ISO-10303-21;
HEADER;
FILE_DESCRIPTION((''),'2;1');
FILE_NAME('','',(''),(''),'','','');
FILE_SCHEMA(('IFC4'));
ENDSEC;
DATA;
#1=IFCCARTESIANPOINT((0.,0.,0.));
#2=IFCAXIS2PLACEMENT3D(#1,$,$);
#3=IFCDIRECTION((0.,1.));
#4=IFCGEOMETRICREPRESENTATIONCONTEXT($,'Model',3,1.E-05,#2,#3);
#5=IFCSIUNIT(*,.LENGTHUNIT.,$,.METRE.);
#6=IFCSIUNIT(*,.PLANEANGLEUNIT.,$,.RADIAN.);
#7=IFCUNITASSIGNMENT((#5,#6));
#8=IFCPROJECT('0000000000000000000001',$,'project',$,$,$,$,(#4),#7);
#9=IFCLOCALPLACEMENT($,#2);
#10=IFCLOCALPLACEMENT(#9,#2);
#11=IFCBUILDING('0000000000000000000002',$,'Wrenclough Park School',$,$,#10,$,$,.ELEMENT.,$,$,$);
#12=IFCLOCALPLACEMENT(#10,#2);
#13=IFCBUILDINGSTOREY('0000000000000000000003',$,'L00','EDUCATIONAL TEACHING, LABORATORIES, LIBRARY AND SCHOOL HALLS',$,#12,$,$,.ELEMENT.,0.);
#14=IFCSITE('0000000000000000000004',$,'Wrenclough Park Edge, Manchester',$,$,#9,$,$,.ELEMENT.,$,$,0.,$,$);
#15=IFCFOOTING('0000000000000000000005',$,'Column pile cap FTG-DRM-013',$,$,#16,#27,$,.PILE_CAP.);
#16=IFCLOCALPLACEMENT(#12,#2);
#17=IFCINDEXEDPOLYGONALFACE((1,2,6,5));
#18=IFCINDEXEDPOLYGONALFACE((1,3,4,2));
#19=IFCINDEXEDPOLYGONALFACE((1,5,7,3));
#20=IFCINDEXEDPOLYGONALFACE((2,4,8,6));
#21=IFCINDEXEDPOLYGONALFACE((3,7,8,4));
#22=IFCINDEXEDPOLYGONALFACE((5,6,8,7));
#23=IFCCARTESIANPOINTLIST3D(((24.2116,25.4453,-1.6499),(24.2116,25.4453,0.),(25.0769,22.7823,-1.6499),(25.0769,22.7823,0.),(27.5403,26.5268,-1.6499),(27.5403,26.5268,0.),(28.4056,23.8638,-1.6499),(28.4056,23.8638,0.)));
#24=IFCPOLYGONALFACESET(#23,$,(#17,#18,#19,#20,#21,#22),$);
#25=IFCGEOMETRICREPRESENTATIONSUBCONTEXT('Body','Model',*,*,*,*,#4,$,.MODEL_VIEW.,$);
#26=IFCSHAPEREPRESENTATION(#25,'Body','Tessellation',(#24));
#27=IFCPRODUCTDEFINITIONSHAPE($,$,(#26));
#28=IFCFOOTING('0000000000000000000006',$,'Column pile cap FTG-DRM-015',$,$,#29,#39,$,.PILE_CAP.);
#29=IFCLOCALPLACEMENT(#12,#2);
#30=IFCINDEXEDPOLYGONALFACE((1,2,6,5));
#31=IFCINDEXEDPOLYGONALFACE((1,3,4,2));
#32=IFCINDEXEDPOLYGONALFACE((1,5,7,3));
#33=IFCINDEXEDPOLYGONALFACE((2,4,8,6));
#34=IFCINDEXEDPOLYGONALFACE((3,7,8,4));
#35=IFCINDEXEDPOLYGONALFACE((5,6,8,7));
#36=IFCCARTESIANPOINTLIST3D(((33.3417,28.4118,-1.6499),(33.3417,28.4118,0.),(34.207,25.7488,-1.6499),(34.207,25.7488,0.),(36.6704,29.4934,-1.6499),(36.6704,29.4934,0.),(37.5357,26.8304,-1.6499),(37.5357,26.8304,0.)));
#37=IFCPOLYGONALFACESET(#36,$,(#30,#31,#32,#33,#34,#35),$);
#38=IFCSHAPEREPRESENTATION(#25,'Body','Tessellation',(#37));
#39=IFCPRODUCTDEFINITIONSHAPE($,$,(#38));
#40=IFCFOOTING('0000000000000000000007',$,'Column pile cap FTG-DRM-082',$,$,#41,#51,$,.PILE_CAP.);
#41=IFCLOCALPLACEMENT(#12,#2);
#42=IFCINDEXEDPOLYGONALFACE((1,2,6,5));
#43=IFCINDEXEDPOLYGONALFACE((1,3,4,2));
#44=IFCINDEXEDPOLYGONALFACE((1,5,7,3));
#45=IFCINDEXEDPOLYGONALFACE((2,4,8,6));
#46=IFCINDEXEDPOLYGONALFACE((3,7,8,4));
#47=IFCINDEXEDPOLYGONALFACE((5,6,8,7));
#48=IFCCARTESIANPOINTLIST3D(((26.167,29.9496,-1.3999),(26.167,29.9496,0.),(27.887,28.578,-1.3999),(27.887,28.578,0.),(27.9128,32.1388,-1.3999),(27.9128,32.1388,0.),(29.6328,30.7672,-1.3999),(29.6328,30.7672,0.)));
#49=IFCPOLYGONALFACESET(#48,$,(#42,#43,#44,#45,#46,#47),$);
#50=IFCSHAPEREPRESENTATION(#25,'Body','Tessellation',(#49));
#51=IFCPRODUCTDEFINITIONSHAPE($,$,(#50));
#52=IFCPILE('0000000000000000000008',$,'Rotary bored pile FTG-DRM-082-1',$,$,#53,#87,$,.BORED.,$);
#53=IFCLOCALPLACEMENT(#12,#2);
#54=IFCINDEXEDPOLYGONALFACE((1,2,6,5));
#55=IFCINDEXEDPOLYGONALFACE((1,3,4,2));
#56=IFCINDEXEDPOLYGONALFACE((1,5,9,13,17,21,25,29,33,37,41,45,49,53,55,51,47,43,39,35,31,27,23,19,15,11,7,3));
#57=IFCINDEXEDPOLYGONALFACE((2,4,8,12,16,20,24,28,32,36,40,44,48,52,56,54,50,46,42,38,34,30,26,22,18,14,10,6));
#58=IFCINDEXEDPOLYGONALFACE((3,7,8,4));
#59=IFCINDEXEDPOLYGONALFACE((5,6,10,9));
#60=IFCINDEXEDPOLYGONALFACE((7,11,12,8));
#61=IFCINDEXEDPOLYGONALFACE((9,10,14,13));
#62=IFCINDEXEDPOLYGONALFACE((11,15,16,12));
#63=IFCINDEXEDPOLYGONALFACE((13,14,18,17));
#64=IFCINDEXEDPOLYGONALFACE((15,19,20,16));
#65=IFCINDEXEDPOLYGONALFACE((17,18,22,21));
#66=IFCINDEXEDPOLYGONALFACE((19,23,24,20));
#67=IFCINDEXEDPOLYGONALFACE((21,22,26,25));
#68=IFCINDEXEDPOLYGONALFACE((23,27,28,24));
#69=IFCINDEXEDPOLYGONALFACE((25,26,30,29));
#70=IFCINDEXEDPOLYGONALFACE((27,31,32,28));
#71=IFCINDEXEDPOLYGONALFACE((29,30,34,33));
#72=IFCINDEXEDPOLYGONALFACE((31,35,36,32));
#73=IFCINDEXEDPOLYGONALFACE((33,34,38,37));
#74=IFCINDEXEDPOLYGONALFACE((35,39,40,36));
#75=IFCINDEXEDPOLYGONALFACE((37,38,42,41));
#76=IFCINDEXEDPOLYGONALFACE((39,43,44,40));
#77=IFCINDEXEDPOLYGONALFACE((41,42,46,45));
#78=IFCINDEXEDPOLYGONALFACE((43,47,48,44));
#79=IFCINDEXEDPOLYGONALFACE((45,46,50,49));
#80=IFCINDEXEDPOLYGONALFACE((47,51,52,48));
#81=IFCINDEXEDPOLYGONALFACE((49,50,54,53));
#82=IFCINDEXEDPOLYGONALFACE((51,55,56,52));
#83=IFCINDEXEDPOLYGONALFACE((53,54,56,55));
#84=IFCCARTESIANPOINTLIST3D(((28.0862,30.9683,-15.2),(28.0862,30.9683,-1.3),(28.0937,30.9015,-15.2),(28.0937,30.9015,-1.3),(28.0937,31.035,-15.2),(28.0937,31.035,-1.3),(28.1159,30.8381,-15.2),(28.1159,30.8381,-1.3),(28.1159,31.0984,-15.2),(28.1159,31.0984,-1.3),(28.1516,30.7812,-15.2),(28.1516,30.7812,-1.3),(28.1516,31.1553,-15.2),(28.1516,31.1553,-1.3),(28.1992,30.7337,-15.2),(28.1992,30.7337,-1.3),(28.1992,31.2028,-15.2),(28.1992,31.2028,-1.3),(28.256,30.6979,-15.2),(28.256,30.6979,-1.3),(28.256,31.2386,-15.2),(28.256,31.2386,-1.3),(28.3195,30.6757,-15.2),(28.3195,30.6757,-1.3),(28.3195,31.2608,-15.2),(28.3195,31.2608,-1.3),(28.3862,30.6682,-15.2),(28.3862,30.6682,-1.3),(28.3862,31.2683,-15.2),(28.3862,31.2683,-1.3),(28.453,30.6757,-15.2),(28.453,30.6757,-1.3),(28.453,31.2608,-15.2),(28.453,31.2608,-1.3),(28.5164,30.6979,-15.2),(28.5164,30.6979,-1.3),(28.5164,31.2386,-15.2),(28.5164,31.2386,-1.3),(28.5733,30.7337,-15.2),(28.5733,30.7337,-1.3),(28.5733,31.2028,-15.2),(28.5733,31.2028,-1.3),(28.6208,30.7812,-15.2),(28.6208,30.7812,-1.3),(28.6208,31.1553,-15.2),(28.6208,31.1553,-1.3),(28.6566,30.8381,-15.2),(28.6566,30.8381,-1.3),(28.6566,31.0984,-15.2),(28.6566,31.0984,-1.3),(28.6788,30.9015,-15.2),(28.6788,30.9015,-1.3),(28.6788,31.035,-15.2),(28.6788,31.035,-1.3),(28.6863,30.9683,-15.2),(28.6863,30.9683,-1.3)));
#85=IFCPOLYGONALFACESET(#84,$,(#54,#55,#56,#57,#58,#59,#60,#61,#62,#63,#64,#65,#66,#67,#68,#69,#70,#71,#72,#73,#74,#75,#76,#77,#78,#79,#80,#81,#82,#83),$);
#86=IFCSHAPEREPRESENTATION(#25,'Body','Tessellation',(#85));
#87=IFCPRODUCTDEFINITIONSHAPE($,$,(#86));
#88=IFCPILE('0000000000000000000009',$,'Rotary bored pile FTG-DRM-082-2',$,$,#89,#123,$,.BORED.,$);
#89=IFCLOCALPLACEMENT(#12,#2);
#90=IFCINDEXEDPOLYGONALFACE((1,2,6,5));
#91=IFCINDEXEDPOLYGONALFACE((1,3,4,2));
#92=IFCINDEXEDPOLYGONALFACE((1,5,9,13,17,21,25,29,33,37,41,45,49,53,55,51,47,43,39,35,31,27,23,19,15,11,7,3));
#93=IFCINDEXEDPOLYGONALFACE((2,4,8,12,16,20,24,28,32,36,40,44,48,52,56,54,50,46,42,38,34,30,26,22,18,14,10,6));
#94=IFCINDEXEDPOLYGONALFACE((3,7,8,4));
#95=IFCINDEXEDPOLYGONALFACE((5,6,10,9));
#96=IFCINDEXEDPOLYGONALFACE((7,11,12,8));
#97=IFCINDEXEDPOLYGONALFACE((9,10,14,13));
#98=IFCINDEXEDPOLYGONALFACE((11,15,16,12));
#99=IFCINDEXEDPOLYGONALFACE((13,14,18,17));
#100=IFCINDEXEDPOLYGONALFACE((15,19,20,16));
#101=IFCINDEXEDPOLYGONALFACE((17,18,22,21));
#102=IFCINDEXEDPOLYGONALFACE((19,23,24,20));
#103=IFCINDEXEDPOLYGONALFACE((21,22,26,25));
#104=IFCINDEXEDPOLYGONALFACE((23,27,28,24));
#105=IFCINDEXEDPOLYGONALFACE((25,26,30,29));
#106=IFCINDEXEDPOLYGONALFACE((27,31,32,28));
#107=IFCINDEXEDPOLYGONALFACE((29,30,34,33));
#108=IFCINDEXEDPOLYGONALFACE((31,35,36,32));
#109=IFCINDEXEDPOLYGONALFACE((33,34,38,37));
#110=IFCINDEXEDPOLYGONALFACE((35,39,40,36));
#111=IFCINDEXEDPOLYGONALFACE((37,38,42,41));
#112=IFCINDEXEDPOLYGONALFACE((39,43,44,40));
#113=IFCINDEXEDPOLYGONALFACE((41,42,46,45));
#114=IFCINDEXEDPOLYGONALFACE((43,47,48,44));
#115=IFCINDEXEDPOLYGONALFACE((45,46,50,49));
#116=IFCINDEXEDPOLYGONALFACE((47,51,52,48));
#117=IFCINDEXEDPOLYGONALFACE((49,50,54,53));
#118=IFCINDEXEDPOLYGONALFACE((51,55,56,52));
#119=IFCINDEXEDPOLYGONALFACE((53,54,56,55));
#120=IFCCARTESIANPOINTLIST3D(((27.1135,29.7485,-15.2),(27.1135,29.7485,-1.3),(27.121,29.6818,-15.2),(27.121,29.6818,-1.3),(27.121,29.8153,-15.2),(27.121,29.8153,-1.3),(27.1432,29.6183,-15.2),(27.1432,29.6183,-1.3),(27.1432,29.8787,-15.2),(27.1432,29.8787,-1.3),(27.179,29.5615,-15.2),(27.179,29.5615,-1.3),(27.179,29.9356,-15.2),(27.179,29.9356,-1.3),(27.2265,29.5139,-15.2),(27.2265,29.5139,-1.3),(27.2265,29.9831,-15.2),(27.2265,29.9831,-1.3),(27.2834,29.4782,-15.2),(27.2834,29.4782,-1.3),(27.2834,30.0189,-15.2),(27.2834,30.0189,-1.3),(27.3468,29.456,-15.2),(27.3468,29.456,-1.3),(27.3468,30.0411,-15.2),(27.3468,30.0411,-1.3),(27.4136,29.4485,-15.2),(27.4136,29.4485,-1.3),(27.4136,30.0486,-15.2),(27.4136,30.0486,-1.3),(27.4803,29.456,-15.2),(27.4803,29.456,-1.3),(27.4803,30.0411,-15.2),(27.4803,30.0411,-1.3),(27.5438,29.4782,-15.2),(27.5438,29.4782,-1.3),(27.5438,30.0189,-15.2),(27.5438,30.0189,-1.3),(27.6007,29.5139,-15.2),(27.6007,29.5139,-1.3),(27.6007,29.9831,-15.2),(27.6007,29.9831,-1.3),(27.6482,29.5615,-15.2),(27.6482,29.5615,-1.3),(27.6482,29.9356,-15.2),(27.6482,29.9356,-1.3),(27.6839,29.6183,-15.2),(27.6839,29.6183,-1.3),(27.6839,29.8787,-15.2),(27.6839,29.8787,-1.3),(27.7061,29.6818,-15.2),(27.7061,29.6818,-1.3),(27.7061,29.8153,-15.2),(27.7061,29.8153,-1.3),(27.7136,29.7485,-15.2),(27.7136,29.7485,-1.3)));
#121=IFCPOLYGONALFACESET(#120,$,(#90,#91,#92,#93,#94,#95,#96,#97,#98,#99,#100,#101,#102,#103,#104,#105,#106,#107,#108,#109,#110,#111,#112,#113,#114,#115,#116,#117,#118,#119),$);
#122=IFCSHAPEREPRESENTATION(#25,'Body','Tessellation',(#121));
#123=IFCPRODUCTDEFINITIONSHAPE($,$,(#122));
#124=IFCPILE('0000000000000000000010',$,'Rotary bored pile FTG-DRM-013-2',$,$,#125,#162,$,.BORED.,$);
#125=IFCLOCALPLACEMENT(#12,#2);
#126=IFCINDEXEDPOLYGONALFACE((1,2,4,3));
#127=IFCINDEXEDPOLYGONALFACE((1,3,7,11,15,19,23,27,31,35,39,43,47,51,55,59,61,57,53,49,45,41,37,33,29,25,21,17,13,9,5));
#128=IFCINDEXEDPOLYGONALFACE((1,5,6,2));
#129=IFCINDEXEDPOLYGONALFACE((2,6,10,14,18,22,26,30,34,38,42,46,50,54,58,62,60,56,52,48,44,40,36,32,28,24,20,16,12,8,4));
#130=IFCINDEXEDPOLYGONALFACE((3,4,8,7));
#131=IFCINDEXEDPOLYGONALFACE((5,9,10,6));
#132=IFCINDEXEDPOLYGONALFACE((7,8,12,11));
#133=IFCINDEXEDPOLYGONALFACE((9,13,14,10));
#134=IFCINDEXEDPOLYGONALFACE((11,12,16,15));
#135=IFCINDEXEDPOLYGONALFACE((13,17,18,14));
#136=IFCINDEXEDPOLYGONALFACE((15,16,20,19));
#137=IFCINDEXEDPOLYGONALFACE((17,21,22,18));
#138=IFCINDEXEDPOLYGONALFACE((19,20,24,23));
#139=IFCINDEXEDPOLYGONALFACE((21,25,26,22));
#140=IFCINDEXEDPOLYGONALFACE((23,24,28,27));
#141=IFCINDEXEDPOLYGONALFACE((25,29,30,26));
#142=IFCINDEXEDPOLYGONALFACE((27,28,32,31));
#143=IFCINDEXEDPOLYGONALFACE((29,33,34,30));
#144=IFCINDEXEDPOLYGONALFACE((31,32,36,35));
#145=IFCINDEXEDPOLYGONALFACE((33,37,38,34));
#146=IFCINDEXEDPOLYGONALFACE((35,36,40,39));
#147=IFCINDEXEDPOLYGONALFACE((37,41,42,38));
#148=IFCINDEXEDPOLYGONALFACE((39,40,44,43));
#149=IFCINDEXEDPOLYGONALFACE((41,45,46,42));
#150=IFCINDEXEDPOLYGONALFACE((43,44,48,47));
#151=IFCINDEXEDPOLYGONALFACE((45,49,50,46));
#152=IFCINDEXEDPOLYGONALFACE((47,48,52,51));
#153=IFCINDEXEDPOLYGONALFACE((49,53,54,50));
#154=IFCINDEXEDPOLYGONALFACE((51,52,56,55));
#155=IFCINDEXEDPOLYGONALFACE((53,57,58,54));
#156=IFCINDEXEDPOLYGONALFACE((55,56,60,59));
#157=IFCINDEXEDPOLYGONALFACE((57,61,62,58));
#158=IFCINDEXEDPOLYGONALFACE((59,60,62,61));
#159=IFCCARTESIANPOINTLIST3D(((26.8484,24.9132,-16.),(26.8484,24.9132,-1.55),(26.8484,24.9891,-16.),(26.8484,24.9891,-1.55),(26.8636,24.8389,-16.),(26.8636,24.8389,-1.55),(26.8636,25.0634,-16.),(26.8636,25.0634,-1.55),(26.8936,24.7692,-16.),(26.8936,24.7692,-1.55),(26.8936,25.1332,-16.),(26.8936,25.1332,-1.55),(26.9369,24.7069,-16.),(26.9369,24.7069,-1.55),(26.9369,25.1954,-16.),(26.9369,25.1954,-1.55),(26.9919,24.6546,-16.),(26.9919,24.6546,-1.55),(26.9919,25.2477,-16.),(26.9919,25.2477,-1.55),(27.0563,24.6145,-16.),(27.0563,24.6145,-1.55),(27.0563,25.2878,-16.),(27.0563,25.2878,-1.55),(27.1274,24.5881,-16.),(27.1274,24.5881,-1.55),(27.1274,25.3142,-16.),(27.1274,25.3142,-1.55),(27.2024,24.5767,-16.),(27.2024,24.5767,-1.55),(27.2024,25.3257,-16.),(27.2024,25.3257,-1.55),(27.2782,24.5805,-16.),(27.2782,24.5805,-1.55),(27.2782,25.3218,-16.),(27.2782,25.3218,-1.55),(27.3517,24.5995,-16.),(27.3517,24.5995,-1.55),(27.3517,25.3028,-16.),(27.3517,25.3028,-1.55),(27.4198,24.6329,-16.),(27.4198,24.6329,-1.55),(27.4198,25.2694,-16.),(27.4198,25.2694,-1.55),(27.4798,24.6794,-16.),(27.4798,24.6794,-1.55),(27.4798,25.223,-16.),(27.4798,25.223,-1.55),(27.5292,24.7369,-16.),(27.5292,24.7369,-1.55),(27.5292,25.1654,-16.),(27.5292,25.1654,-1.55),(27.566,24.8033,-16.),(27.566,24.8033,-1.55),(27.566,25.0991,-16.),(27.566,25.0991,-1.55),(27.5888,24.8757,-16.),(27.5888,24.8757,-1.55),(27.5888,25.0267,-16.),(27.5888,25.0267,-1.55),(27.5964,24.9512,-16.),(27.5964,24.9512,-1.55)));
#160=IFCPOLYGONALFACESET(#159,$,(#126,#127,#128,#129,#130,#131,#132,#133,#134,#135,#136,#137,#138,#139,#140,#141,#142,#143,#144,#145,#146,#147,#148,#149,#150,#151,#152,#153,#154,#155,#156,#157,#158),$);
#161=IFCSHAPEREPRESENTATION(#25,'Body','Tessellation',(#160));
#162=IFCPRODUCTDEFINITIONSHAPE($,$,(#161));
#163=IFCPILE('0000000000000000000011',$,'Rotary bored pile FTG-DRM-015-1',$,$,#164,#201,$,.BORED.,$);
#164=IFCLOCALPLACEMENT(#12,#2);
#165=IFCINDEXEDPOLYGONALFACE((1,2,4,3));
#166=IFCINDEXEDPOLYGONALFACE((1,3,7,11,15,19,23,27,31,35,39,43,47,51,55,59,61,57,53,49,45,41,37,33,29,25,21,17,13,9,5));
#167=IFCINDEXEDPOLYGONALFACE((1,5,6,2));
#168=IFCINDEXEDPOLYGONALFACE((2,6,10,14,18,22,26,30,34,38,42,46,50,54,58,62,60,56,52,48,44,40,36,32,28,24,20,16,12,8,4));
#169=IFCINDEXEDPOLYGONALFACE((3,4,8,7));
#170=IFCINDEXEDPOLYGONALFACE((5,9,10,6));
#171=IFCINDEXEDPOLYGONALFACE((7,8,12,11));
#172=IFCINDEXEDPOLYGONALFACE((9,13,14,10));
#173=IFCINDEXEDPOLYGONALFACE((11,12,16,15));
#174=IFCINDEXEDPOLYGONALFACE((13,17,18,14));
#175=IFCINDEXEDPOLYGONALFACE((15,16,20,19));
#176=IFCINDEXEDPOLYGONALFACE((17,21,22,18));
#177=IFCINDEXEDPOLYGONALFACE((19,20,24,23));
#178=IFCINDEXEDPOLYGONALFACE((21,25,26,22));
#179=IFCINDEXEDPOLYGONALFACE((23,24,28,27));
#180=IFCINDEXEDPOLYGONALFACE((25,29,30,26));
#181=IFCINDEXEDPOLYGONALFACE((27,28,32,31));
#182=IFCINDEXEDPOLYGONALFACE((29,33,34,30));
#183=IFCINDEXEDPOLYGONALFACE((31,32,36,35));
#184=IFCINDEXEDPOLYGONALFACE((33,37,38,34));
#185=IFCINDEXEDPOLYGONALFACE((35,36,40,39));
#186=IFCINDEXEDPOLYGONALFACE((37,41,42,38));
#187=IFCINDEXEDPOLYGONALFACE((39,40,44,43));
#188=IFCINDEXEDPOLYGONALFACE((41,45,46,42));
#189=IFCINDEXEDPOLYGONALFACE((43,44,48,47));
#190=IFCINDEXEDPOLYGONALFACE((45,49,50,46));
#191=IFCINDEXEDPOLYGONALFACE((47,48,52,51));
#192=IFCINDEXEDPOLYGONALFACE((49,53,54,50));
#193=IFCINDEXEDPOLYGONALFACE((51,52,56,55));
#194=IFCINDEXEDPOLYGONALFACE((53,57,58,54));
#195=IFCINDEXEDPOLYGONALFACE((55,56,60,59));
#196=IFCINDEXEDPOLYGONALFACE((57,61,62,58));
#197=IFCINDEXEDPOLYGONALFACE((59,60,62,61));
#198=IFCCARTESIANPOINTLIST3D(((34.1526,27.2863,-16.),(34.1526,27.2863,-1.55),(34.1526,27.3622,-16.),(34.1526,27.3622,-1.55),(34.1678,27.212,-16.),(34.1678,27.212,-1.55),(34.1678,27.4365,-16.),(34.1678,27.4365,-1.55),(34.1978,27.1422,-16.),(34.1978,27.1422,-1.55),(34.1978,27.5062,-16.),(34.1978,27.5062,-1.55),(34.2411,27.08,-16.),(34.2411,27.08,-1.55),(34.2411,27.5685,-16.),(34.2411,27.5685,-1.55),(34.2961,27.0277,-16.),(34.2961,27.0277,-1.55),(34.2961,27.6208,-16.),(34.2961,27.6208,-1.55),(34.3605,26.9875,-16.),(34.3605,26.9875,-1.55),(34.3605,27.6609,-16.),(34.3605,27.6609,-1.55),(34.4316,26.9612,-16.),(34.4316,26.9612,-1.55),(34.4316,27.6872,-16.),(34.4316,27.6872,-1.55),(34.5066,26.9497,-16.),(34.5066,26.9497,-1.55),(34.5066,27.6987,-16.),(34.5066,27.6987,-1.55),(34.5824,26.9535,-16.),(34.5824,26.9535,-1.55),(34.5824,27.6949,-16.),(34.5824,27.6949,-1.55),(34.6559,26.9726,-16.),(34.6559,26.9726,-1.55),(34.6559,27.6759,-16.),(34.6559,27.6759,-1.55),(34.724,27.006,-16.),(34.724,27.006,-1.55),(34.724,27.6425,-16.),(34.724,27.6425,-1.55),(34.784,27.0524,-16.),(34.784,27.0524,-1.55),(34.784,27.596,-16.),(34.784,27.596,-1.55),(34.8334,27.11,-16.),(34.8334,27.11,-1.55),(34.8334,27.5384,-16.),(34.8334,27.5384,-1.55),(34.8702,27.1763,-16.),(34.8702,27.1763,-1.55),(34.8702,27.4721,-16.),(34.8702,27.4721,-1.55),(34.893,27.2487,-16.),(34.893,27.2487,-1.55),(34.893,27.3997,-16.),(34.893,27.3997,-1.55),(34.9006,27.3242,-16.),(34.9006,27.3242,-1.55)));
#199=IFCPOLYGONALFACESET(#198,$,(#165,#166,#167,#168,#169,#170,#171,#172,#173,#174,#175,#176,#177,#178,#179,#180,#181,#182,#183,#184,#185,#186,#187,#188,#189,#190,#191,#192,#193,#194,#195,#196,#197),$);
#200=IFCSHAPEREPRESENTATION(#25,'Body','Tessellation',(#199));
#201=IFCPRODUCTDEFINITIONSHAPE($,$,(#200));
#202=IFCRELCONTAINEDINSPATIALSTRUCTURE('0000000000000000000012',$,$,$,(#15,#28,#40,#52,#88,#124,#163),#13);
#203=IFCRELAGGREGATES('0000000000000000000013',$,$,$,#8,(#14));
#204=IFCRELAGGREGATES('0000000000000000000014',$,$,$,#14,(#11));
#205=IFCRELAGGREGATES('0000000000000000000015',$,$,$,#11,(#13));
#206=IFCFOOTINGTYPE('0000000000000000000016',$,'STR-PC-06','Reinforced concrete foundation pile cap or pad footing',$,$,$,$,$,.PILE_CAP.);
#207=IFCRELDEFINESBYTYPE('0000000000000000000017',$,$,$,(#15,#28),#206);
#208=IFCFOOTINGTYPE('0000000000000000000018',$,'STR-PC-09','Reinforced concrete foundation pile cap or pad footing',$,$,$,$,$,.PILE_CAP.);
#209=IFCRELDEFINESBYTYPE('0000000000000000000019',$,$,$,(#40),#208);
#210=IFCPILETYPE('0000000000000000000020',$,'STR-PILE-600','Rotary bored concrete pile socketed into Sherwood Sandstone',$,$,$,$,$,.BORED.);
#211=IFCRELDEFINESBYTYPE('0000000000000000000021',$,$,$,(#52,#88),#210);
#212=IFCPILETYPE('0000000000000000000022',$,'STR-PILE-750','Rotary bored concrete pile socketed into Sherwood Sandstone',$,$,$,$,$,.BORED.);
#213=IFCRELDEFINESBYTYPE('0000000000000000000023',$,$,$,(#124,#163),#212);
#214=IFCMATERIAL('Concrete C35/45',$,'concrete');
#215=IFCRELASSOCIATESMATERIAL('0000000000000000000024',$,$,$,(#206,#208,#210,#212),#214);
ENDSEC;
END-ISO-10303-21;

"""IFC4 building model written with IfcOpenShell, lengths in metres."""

from ifc_helpers import new_model, si_unit, direction, frame, origin, origin_2d, place, context, subcontext, project, spatial, rectangle, circle, extrude, material, material_profile, profile_set, type_object, element, save


model = new_model("IFC4")

# Units and contexts
model_context = context("Model", 3, precision=1e-05, world=origin(), true_north=direction((0.0, 1.0)))
body_context = subcontext(model_context, "Body", "Model", "MODEL_VIEW")
ifc_project = project(units=[si_unit("LENGTHUNIT", "METRE"), si_unit("PLANEANGLEUNIT", "RADIAN")], contexts=[model_context])

# Site, building, storey
site_placement = place(None, origin())
site = spatial("IfcSite", under=ifc_project, at=site_placement, Name="Wrenclough Park Edge, Manchester", CompositionType="ELEMENT", RefElevation=0.0)
building_placement = place(site_placement, origin())
building = spatial("IfcBuilding", under=site, at=building_placement, Name="Wrenclough Park School", CompositionType="ELEMENT")
storey_placement = place(building_placement, origin())
storey = spatial("IfcBuildingStorey", under=building, at=storey_placement, Name="L00", Description="EDUCATIONAL TEACHING, LABORATORIES, LIBRARY AND SCHOOL HALLS", CompositionType="ELEMENT", Elevation=0.0)

# Footings
ifc_material_1 = material(Name="Concrete C35/45", Category="concrete")
footing_type_1 = type_object("IfcFootingType", Name="STR-PC-06", Description="Reinforced concrete foundation pile cap or pad footing", PredefinedType="PILE_CAP", material=ifc_material_1)
for number, where, z_axis, x_axis, name in (
    (1, (26.3086, 24.6545, -1.6499), (0.0, 0.0, 1.0), (0.951057, 0.309017, 0.0), "Column pile cap FTG-DRM-013"),
    (2, (35.4387, 27.6211, -1.6499), (0.0, 0.0, 1.0), (0.951057, 0.309017, 0.0), "Column pile cap FTG-DRM-015"),
):
    element("IfcFooting", number, at=place(storey_placement, frame(where, z_axis=z_axis, x_axis=x_axis)), inside=storey, type_object=footing_type_1, Name=name, PredefinedType="PILE_CAP", context=body_context, shape_type="SweptSolid", body=[
        extrude(rectangle(XDim=3.5, YDim=2.8, at=origin_2d()), origin(), (0.0, 0.0, 1.0), 1.6499),
    ])
footing_type_2 = type_object("IfcFootingType", Name="STR-PC-09", Description="Reinforced concrete foundation pile cap or pad footing", PredefinedType="PILE_CAP", material=ifc_material_1)
footing_placement = place(storey_placement, frame((27.8999, 30.3584, -1.3999), z_axis=(0.0, 0.0, 1.0), x_axis=(-0.62347, -0.781847, 0.0)))
element("IfcFooting", 3, at=footing_placement, inside=storey, type_object=footing_type_2, Name="Column pile cap FTG-DRM-082", PredefinedType="PILE_CAP", context=body_context, shape_type="SweptSolid", body=[
    extrude(rectangle(XDim=2.8, YDim=2.2, at=origin_2d()), origin(), (0.0, 0.0, 1.0), 1.3999),
])

# Piles
ifc_material_profile_1 = material_profile(ifc_material_1, circle(Radius=0.3, at=origin_2d()), Name="BORED PILE D600")
ifc_profile_set_1 = profile_set([ifc_material_profile_1], Name="Concrete C35/45")
pile_type_1 = type_object("IfcPileType", Name="STR-PILE-600", Description="Rotary bored concrete pile socketed into Sherwood Sandstone", PredefinedType="BORED", material=ifc_profile_set_1)
for number, where, z_axis, x_axis, name in (
    (4, (28.3862, 30.9683, -1.3), (0.0, 0.0, -1.0), (1.0, 0.0, 0.0), "Rotary bored pile FTG-DRM-082-1"),
    (5, (27.4136, 29.7485, -1.3), (0.0, 0.0, -1.0), (1.0, 0.0, 0.0), "Rotary bored pile FTG-DRM-082-2"),
):
    element("IfcPile", number, at=place(storey_placement, frame(where, z_axis=z_axis, x_axis=x_axis)), inside=storey, type_object=pile_type_1, Name=name, PredefinedType="BORED", context=body_context, shape_type="SweptSolid", body=[
        extrude(circle(Radius=0.3, at=origin_2d()), origin(), (0.0, 0.0, 1.0), 13.8999),
    ])
ifc_material_profile_2 = material_profile(ifc_material_1, circle(Radius=0.375, at=origin_2d()), Name="BORED PILE D750")
ifc_profile_set_2 = profile_set([ifc_material_profile_2], Name="Concrete C35/45")
pile_type_2 = type_object("IfcPileType", Name="STR-PILE-750", Description="Rotary bored concrete pile socketed into Sherwood Sandstone", PredefinedType="BORED", material=ifc_profile_set_2)
for number, where, z_axis, x_axis, name in (
    (6, (27.2214, 24.9512, -1.55), (0.0, 0.0, -1.0), (1.0, 0.0, 0.0), "Rotary bored pile FTG-DRM-013-2"),
    (7, (34.5256, 27.3242, -1.55), (0.0, 0.0, -1.0), (1.0, 0.0, 0.0), "Rotary bored pile FTG-DRM-015-1"),
):
    element("IfcPile", number, at=place(storey_placement, frame(where, z_axis=z_axis, x_axis=x_axis)), inside=storey, type_object=pile_type_2, Name=name, PredefinedType="BORED", context=body_context, shape_type="SweptSolid", body=[
        extrude(circle(Radius=0.375, at=origin_2d()), origin(), (0.0, 0.0, 1.0), 14.45),
    ])

save(model, "model.ifc")
